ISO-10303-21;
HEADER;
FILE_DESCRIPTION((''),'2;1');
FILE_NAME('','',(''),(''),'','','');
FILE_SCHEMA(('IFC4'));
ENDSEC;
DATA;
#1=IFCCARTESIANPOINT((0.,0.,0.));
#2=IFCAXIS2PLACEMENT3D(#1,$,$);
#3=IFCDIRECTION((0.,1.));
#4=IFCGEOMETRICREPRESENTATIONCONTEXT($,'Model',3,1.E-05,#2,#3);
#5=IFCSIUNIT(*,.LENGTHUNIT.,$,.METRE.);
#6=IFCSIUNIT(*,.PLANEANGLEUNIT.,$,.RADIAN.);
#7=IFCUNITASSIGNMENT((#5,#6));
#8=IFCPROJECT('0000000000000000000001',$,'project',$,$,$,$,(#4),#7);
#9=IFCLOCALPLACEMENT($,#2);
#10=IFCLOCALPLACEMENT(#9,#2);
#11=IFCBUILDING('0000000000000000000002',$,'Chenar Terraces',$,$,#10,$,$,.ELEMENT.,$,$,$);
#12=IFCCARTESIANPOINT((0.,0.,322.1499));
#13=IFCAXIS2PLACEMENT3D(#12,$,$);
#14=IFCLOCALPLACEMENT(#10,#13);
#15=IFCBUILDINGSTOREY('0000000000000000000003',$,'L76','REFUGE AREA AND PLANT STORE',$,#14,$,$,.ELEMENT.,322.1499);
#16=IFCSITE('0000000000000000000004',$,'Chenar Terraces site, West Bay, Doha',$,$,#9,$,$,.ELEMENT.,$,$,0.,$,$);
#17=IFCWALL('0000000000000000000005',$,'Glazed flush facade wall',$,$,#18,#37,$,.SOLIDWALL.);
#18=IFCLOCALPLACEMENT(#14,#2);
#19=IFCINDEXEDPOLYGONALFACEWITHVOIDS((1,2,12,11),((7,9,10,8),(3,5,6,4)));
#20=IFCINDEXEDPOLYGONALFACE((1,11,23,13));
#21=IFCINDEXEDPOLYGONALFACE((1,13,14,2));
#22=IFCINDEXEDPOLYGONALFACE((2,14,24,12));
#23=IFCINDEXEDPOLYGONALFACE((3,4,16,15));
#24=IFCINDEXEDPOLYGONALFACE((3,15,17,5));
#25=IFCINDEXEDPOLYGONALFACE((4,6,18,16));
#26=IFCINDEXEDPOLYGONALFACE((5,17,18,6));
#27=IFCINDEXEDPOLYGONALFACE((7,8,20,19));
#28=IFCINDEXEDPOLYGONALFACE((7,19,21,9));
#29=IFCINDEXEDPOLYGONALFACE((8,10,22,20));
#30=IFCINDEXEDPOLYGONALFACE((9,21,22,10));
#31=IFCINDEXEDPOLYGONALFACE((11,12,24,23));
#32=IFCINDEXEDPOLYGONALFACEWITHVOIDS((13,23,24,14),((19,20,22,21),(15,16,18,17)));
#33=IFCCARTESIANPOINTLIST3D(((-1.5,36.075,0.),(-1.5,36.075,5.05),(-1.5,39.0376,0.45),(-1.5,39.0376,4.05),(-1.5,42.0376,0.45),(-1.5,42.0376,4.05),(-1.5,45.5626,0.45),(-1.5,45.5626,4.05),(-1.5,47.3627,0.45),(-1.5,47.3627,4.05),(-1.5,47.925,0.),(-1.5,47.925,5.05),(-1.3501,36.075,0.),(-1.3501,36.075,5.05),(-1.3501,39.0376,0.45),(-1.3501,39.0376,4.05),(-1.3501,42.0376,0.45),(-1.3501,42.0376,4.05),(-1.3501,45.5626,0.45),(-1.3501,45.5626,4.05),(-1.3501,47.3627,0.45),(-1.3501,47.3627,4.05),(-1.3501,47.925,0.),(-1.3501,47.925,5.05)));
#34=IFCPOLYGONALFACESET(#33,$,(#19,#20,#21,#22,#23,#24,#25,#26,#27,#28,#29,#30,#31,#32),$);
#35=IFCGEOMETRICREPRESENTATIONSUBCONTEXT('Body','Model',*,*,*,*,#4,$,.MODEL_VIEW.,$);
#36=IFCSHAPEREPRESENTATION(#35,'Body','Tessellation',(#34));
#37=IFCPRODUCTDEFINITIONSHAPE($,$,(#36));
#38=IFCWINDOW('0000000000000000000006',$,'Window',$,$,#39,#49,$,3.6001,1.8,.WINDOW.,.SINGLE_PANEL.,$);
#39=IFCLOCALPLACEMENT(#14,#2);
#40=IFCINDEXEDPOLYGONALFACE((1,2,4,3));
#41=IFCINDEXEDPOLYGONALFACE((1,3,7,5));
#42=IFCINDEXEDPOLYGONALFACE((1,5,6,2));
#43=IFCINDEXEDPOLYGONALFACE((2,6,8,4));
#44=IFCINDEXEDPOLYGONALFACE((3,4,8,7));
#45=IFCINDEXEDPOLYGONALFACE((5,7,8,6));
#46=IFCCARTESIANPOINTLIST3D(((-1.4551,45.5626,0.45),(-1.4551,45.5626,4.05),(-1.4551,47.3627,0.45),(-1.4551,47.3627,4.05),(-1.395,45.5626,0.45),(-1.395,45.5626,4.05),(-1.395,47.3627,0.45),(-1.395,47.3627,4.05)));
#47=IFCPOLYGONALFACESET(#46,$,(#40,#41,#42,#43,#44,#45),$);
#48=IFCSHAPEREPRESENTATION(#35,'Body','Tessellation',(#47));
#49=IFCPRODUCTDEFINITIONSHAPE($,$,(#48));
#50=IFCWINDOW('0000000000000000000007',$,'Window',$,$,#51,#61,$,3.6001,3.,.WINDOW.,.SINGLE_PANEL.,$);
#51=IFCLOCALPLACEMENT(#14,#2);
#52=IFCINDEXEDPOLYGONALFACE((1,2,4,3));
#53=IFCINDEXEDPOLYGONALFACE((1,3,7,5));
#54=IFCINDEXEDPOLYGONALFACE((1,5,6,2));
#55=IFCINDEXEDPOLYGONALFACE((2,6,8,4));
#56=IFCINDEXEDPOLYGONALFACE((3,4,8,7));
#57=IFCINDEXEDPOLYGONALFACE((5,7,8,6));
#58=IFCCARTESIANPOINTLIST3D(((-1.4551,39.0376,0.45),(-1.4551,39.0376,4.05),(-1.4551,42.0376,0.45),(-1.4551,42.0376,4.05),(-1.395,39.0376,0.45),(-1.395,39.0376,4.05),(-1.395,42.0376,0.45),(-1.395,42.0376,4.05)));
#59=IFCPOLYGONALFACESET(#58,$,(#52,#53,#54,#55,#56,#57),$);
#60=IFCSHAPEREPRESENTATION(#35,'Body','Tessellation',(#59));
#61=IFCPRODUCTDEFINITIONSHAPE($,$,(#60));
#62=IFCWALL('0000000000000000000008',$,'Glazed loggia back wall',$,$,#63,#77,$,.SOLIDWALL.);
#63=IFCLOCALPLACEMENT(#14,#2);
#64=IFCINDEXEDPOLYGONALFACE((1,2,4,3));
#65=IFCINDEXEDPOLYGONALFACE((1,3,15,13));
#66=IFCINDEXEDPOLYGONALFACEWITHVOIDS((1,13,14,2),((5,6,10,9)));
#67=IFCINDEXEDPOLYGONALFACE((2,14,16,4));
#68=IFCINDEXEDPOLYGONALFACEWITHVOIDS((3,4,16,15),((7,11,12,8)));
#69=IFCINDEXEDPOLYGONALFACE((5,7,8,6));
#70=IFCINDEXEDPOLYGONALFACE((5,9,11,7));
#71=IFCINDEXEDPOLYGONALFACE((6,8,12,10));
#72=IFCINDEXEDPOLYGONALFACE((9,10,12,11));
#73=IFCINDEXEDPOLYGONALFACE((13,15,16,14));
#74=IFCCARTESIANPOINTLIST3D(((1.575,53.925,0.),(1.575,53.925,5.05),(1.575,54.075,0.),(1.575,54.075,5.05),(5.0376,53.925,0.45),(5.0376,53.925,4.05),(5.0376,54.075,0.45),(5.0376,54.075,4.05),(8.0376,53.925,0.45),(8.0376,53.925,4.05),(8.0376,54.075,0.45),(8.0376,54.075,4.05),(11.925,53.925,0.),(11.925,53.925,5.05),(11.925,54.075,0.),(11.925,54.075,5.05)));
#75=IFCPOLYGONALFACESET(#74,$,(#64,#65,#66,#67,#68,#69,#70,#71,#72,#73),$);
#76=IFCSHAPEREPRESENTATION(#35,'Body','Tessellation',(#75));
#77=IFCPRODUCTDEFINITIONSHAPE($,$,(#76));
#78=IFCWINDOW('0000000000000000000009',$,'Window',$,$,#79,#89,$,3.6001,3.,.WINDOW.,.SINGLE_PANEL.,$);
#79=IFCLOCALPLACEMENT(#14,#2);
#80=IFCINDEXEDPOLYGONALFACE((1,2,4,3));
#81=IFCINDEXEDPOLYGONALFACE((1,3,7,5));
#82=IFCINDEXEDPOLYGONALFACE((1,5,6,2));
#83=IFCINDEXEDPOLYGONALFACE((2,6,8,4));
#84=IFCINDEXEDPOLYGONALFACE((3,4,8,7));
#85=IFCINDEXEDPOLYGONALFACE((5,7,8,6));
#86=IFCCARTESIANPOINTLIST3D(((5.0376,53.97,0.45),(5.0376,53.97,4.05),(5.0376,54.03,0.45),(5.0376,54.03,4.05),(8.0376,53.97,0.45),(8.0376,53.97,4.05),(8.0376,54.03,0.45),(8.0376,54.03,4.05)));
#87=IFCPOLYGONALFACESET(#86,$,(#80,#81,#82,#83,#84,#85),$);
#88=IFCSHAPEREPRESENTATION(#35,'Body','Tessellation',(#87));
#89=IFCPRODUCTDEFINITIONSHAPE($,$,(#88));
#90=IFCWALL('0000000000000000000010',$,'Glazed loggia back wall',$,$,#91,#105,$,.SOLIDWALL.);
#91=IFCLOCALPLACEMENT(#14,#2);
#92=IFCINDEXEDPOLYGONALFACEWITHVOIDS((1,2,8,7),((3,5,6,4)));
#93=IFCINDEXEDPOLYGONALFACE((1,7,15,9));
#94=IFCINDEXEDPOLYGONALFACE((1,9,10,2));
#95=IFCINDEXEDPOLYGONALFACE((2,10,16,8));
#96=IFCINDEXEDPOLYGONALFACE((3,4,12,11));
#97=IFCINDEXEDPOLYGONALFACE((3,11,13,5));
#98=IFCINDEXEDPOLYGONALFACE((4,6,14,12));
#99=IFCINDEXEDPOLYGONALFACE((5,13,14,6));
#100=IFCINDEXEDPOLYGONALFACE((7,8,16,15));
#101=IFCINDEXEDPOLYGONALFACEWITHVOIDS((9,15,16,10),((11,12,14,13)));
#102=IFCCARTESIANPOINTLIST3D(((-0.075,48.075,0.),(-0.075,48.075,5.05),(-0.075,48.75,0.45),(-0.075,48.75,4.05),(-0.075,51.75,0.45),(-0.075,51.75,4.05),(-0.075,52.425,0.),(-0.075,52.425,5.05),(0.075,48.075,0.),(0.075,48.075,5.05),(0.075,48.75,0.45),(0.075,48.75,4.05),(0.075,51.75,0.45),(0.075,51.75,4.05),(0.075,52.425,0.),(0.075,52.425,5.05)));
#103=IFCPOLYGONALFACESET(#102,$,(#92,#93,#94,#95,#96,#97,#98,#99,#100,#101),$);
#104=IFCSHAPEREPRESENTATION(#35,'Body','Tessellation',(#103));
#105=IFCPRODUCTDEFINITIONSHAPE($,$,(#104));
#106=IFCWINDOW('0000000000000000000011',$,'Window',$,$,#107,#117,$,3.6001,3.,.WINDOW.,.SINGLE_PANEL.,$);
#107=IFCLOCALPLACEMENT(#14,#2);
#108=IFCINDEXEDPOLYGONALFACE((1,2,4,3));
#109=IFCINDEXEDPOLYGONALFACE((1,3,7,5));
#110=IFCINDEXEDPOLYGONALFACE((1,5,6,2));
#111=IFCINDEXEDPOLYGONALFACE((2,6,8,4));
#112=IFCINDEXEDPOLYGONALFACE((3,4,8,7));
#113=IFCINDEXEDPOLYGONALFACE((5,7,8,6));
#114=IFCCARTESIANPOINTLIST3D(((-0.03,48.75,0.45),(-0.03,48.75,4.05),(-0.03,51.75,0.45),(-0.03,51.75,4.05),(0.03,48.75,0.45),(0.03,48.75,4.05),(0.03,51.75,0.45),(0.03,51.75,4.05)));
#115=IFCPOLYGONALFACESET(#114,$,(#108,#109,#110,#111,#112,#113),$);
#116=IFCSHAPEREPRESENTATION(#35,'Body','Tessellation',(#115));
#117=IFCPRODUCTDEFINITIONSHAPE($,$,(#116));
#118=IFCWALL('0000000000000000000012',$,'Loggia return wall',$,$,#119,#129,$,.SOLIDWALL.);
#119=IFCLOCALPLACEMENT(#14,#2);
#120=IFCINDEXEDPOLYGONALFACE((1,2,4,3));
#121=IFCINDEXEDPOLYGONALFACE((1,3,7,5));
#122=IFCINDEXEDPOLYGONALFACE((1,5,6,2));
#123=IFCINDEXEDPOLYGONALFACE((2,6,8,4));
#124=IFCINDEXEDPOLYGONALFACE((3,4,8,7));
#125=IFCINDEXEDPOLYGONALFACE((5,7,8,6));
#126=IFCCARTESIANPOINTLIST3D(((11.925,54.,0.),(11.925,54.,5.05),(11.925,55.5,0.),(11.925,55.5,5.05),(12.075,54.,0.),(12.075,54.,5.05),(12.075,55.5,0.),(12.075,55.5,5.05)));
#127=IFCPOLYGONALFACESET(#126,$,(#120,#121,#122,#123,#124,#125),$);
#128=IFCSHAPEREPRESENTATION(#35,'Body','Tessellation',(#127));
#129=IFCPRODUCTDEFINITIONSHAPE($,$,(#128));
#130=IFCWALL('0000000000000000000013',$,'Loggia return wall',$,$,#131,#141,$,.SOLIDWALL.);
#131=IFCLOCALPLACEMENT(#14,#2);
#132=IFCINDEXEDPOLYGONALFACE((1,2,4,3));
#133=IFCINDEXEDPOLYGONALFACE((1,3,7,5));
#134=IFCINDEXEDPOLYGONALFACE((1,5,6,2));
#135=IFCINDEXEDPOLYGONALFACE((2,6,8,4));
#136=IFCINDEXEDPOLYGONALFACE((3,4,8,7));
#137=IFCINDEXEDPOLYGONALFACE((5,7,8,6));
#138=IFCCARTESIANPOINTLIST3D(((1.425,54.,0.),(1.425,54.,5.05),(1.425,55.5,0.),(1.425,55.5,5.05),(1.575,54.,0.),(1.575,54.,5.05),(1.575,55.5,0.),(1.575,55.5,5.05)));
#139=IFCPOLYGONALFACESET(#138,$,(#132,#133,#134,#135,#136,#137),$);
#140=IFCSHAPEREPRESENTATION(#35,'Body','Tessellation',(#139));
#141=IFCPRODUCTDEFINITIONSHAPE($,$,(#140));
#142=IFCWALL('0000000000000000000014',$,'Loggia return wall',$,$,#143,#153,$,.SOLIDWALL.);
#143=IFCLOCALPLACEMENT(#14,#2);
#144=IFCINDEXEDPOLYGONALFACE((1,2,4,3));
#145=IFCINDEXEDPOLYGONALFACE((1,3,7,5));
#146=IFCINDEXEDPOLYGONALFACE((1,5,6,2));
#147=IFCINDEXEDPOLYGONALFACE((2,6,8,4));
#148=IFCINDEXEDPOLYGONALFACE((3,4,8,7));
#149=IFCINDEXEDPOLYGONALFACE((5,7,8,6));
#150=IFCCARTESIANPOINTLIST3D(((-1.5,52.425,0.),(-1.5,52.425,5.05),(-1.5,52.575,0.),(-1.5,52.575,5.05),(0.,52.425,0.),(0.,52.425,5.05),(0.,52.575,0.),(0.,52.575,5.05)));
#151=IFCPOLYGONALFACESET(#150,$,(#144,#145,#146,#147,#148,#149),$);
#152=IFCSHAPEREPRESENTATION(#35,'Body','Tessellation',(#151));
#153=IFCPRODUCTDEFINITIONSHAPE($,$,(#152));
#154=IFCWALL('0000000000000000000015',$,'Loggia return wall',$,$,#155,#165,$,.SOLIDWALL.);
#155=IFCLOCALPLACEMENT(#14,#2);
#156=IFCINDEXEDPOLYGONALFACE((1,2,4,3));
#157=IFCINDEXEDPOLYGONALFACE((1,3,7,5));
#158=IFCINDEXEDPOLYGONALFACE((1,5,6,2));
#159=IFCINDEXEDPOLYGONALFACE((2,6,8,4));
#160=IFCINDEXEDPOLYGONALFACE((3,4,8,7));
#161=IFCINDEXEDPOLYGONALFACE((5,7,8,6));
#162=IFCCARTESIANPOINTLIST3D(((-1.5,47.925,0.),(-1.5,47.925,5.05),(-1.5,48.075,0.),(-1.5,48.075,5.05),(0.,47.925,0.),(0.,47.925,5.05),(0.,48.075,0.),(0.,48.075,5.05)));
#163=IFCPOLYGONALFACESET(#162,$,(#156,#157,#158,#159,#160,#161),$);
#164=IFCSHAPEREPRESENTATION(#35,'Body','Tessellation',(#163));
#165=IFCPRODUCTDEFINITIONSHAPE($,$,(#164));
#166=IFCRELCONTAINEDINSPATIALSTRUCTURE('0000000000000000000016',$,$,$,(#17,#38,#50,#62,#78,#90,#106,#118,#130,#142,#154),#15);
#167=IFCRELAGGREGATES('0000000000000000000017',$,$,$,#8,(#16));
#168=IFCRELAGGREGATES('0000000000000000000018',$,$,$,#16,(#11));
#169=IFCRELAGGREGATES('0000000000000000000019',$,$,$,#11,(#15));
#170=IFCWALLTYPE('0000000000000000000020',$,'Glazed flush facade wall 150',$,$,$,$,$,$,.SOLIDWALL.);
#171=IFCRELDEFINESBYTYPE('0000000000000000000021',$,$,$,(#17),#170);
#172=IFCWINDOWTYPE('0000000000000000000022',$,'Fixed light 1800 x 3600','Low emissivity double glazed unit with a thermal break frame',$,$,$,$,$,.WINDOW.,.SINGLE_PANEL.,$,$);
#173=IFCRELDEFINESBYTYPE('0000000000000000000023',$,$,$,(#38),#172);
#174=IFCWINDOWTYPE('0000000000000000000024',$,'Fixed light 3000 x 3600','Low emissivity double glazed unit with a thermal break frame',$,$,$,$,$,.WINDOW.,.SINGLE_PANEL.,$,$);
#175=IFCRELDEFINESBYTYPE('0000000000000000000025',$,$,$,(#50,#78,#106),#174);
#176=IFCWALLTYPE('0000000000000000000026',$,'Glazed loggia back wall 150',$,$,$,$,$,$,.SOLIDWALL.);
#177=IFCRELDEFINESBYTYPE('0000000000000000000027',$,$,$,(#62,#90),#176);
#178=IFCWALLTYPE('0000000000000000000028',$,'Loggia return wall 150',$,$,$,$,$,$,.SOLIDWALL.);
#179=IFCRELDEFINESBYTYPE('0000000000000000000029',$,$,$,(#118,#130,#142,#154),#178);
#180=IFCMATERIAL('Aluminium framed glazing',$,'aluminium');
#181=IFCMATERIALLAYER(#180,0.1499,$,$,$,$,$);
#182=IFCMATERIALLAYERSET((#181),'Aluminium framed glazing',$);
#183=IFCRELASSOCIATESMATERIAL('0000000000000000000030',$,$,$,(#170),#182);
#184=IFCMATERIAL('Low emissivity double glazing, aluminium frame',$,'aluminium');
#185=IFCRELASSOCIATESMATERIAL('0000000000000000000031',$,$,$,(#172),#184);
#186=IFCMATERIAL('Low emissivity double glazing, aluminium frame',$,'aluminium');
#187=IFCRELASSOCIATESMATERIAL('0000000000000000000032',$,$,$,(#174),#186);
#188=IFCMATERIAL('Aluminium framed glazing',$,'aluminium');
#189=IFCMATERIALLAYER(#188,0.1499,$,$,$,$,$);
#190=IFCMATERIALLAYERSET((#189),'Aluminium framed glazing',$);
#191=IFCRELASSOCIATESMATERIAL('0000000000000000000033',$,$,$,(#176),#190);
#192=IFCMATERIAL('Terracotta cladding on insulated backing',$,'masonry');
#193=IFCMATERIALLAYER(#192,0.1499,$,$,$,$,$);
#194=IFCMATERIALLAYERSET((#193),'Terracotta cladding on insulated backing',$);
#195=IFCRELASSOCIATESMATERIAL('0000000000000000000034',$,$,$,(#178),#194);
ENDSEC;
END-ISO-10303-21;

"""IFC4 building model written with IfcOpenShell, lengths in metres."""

from ifc_helpers import new_model, si_unit, direction, frame, frame_2d, origin, place, context, subcontext, project, spatial, rectangle, extrude, material, layer, layer_set, type_object, element, fill, save


model = new_model("IFC4")

# Units and contexts
model_context = context("Model", 3, precision=1e-05, world=origin(), true_north=direction((0.0, 1.0)))
body_context = subcontext(model_context, "Body", "Model", "MODEL_VIEW")
ifc_project = project(units=[si_unit("LENGTHUNIT", "METRE"), si_unit("PLANEANGLEUNIT", "RADIAN")], contexts=[model_context])

# Site, building, storey
site_placement = place(None, origin())
site = spatial("IfcSite", under=ifc_project, at=site_placement, Name="Chenar Terraces site, West Bay, Doha", CompositionType="ELEMENT", RefElevation=0.0)
building_placement = place(site_placement, origin())
building = spatial("IfcBuilding", under=site, at=building_placement, Name="Chenar Terraces", CompositionType="ELEMENT")
storey_placement = place(building_placement, frame((0.0, 0.0, 322.1499)))
storey = spatial("IfcBuildingStorey", under=building, at=storey_placement, Name="L76", Description="REFUGE AREA AND PLANT STORE", CompositionType="ELEMENT", Elevation=322.1499)

# Wall, openings, windows
ifc_material_1 = material(Name="Aluminium framed glazing", Category="aluminium")
ifc_layer_1 = layer(ifc_material_1, 0.1499)
ifc_layer_set_1 = layer_set([ifc_layer_1], Name="Aluminium framed glazing")
wall_type_1 = type_object("IfcWallType", Name="Glazed flush facade wall 150", PredefinedType="SOLIDWALL", material=ifc_layer_set_1)
wall_1_placement = place(storey_placement, frame((-1.425, 47.925, 0.0), z_axis=(0.0, 0.0, 1.0), x_axis=(0.0, -1.0, 0.0)))
wall_1 = element("IfcWall", 1, at=wall_1_placement, inside=storey, type_object=wall_type_1, Name="Glazed flush facade wall", PredefinedType="SOLIDWALL", context=body_context, shape_type="SweptSolid", body=[
    extrude(rectangle(XDim=11.8501, YDim=0.1499, at=frame_2d((5.925, 0.0))), origin(), (0.0, 0.0, 1.0), 5.05),
])
opening_1_placement = place(wall_1_placement, frame((0.5625, 0.0, 0.45)))
opening_1 = element("IfcOpeningElement", 2, at=opening_1_placement, cuts=wall_1, PredefinedType="OPENING", context=body_context, shape_type="SweptSolid", body=[
    extrude(rectangle(XDim=1.8, YDim=3.6001, at=frame_2d((0.8999, 1.8))), frame((0.0, 0.085, 0.0), z_axis=(0.0, -1.0, 0.0), x_axis=(1.0, 0.0, 0.0)), (0.0, 0.0, 1.0), 0.1699),
])
opening_2_placement = place(wall_1_placement, frame((5.8875, 0.0, 0.45)))
opening_2 = element("IfcOpeningElement", 3, at=opening_2_placement, cuts=wall_1, PredefinedType="OPENING", context=body_context, shape_type="SweptSolid", body=[
    extrude(rectangle(XDim=3.0, YDim=3.6001, at=frame_2d((1.5, 1.8))), frame((0.0, 0.085, 0.0), z_axis=(0.0, -1.0, 0.0), x_axis=(1.0, 0.0, 0.0)), (0.0, 0.0, 1.0), 0.1699),
])
ifc_material_2 = material(Name="Low emissivity double glazing, aluminium frame", Category="aluminium")
window_type_1 = type_object("IfcWindowType", Name="Fixed light 1800 x 3600", Description="Low emissivity double glazed unit with a thermal break frame", PartitioningType="SINGLE_PANEL", PredefinedType="WINDOW", material=ifc_material_2)
window_1_placement = place(opening_1_placement, origin())
window_1 = element("IfcWindow", 4, at=window_1_placement, inside=storey, type_object=window_type_1, Name="Window", OverallHeight=3.6001, OverallWidth=1.8, PartitioningType="SINGLE_PANEL", PredefinedType="WINDOW", context=body_context, shape_type="SweptSolid", body=[
    extrude(rectangle(XDim=1.8, YDim=3.6001, at=frame_2d((0.8999, 1.8))), frame((0.0, 0.03, 0.0), z_axis=(0.0, -1.0, 0.0), x_axis=(1.0, 0.0, 0.0)), (0.0, 0.0, 1.0), 0.0601),
])
fill(opening_1, window_1)
ifc_material_3 = material(Name="Low emissivity double glazing, aluminium frame", Category="aluminium")
window_type_2 = type_object("IfcWindowType", Name="Fixed light 3000 x 3600", Description="Low emissivity double glazed unit with a thermal break frame", PartitioningType="SINGLE_PANEL", PredefinedType="WINDOW", material=ifc_material_3)
window_2_placement = place(opening_2_placement, origin())
window_2 = element("IfcWindow", 5, at=window_2_placement, inside=storey, type_object=window_type_2, Name="Window", OverallHeight=3.6001, OverallWidth=3.0, PartitioningType="SINGLE_PANEL", PredefinedType="WINDOW", context=body_context, shape_type="SweptSolid", body=[
    extrude(rectangle(XDim=3.0, YDim=3.6001, at=frame_2d((1.5, 1.8))), frame((0.0, 0.03, 0.0), z_axis=(0.0, -1.0, 0.0), x_axis=(1.0, 0.0, 0.0)), (0.0, 0.0, 1.0), 0.0601),
])
fill(opening_2, window_2)

# Walls, openings, windows
ifc_material_4 = material(Name="Aluminium framed glazing", Category="aluminium")
ifc_layer_2 = layer(ifc_material_4, 0.1499)
ifc_layer_set_2 = layer_set([ifc_layer_2], Name="Aluminium framed glazing")
wall_type_2 = type_object("IfcWallType", Name="Glazed loggia back wall 150", PredefinedType="SOLIDWALL", material=ifc_layer_set_2)
wall_2_placement = place(storey_placement, frame((11.925, 54.0, 0.0), z_axis=(0.0, 0.0, 1.0), x_axis=(-1.0, 0.0, 0.0)))
wall_2 = element("IfcWall", 6, at=wall_2_placement, inside=storey, type_object=wall_type_2, Name="Glazed loggia back wall", PredefinedType="SOLIDWALL", context=body_context, shape_type="SweptSolid", body=[
    extrude(rectangle(XDim=10.3501, YDim=0.1499, at=frame_2d((5.175, 0.0))), origin(), (0.0, 0.0, 1.0), 5.05),
])
opening_3_placement = place(wall_2_placement, frame((3.8875, 0.0, 0.45)))
opening_3 = element("IfcOpeningElement", 7, at=opening_3_placement, cuts=wall_2, PredefinedType="OPENING", context=body_context, shape_type="SweptSolid", body=[
    extrude(rectangle(XDim=3.0, YDim=3.6001, at=frame_2d((1.5, 1.8))), frame((0.0, 0.085, 0.0), z_axis=(0.0, -1.0, 0.0), x_axis=(1.0, 0.0, 0.0)), (0.0, 0.0, 1.0), 0.1699),
])
window_3_placement = place(opening_3_placement, origin())
window_3 = element("IfcWindow", 8, at=window_3_placement, inside=storey, type_object=window_type_2, Name="Window", OverallHeight=3.6001, OverallWidth=3.0, PartitioningType="SINGLE_PANEL", PredefinedType="WINDOW", context=body_context, shape_type="SweptSolid", body=[
    extrude(rectangle(XDim=3.0, YDim=3.6001, at=frame_2d((1.5, 1.8))), frame((0.0, 0.03, 0.0), z_axis=(0.0, -1.0, 0.0), x_axis=(1.0, 0.0, 0.0)), (0.0, 0.0, 1.0), 0.0601),
])
fill(opening_3, window_3)
wall_3_placement = place(storey_placement, frame((0.0, 52.425, 0.0), z_axis=(0.0, 0.0, 1.0), x_axis=(0.0, -1.0, 0.0)))
wall_3 = element("IfcWall", 9, at=wall_3_placement, inside=storey, type_object=wall_type_2, Name="Glazed loggia back wall", PredefinedType="SOLIDWALL", context=body_context, shape_type="SweptSolid", body=[
    extrude(rectangle(XDim=4.3501, YDim=0.1499, at=frame_2d((2.175, 0.0))), origin(), (0.0, 0.0, 1.0), 5.05),
])
opening_4_placement = place(wall_3_placement, frame((0.675, 0.0, 0.45)))
opening_4 = element("IfcOpeningElement", 10, at=opening_4_placement, cuts=wall_3, PredefinedType="OPENING", context=body_context, shape_type="SweptSolid", body=[
    extrude(rectangle(XDim=3.0, YDim=3.6001, at=frame_2d((1.5, 1.8))), frame((0.0, 0.085, 0.0), z_axis=(0.0, -1.0, 0.0), x_axis=(1.0, 0.0, 0.0)), (0.0, 0.0, 1.0), 0.1699),
])
window_4_placement = place(opening_4_placement, origin())
window_4 = element("IfcWindow", 11, at=window_4_placement, inside=storey, type_object=window_type_2, Name="Window", OverallHeight=3.6001, OverallWidth=3.0, PartitioningType="SINGLE_PANEL", PredefinedType="WINDOW", context=body_context, shape_type="SweptSolid", body=[
    extrude(rectangle(XDim=3.0, YDim=3.6001, at=frame_2d((1.5, 1.8))), frame((0.0, 0.03, 0.0), z_axis=(0.0, -1.0, 0.0), x_axis=(1.0, 0.0, 0.0)), (0.0, 0.0, 1.0), 0.0601),
])
fill(opening_4, window_4)

# Walls
ifc_material_5 = material(Name="Terracotta cladding on insulated backing", Category="masonry")
ifc_layer_3 = layer(ifc_material_5, 0.1499)
ifc_layer_set_3 = layer_set([ifc_layer_3], Name="Terracotta cladding on insulated backing")
wall_type_3 = type_object("IfcWallType", Name="Loggia return wall 150", PredefinedType="SOLIDWALL", material=ifc_layer_set_3)
for number, where, z_axis, x_axis, name in (
    (12, (12.0, 55.5, 0.0), (0.0, 0.0, 1.0), (0.0, -1.0, 0.0), "Loggia return wall"),
    (13, (1.5, 55.5, 0.0), (0.0, 0.0, 1.0), (0.0, -1.0, 0.0), "Loggia return wall"),
    (14, (-1.5, 52.5, 0.0), (0.0, 0.0, 1.0), (1.0, 0.0, 0.0), "Loggia return wall"),
    (15, (-1.5, 48.0, 0.0), (0.0, 0.0, 1.0), (1.0, 0.0, 0.0), "Loggia return wall"),
):
    element("IfcWall", number, at=place(storey_placement, frame(where, z_axis=z_axis, x_axis=x_axis)), inside=storey, type_object=wall_type_3, Name=name, PredefinedType="SOLIDWALL", context=body_context, shape_type="SweptSolid", body=[
        extrude(rectangle(XDim=1.5, YDim=0.1499, at=frame_2d((0.75, 0.0))), origin(), (0.0, 0.0, 1.0), 5.05),
    ])

save(model, "model.ifc")
